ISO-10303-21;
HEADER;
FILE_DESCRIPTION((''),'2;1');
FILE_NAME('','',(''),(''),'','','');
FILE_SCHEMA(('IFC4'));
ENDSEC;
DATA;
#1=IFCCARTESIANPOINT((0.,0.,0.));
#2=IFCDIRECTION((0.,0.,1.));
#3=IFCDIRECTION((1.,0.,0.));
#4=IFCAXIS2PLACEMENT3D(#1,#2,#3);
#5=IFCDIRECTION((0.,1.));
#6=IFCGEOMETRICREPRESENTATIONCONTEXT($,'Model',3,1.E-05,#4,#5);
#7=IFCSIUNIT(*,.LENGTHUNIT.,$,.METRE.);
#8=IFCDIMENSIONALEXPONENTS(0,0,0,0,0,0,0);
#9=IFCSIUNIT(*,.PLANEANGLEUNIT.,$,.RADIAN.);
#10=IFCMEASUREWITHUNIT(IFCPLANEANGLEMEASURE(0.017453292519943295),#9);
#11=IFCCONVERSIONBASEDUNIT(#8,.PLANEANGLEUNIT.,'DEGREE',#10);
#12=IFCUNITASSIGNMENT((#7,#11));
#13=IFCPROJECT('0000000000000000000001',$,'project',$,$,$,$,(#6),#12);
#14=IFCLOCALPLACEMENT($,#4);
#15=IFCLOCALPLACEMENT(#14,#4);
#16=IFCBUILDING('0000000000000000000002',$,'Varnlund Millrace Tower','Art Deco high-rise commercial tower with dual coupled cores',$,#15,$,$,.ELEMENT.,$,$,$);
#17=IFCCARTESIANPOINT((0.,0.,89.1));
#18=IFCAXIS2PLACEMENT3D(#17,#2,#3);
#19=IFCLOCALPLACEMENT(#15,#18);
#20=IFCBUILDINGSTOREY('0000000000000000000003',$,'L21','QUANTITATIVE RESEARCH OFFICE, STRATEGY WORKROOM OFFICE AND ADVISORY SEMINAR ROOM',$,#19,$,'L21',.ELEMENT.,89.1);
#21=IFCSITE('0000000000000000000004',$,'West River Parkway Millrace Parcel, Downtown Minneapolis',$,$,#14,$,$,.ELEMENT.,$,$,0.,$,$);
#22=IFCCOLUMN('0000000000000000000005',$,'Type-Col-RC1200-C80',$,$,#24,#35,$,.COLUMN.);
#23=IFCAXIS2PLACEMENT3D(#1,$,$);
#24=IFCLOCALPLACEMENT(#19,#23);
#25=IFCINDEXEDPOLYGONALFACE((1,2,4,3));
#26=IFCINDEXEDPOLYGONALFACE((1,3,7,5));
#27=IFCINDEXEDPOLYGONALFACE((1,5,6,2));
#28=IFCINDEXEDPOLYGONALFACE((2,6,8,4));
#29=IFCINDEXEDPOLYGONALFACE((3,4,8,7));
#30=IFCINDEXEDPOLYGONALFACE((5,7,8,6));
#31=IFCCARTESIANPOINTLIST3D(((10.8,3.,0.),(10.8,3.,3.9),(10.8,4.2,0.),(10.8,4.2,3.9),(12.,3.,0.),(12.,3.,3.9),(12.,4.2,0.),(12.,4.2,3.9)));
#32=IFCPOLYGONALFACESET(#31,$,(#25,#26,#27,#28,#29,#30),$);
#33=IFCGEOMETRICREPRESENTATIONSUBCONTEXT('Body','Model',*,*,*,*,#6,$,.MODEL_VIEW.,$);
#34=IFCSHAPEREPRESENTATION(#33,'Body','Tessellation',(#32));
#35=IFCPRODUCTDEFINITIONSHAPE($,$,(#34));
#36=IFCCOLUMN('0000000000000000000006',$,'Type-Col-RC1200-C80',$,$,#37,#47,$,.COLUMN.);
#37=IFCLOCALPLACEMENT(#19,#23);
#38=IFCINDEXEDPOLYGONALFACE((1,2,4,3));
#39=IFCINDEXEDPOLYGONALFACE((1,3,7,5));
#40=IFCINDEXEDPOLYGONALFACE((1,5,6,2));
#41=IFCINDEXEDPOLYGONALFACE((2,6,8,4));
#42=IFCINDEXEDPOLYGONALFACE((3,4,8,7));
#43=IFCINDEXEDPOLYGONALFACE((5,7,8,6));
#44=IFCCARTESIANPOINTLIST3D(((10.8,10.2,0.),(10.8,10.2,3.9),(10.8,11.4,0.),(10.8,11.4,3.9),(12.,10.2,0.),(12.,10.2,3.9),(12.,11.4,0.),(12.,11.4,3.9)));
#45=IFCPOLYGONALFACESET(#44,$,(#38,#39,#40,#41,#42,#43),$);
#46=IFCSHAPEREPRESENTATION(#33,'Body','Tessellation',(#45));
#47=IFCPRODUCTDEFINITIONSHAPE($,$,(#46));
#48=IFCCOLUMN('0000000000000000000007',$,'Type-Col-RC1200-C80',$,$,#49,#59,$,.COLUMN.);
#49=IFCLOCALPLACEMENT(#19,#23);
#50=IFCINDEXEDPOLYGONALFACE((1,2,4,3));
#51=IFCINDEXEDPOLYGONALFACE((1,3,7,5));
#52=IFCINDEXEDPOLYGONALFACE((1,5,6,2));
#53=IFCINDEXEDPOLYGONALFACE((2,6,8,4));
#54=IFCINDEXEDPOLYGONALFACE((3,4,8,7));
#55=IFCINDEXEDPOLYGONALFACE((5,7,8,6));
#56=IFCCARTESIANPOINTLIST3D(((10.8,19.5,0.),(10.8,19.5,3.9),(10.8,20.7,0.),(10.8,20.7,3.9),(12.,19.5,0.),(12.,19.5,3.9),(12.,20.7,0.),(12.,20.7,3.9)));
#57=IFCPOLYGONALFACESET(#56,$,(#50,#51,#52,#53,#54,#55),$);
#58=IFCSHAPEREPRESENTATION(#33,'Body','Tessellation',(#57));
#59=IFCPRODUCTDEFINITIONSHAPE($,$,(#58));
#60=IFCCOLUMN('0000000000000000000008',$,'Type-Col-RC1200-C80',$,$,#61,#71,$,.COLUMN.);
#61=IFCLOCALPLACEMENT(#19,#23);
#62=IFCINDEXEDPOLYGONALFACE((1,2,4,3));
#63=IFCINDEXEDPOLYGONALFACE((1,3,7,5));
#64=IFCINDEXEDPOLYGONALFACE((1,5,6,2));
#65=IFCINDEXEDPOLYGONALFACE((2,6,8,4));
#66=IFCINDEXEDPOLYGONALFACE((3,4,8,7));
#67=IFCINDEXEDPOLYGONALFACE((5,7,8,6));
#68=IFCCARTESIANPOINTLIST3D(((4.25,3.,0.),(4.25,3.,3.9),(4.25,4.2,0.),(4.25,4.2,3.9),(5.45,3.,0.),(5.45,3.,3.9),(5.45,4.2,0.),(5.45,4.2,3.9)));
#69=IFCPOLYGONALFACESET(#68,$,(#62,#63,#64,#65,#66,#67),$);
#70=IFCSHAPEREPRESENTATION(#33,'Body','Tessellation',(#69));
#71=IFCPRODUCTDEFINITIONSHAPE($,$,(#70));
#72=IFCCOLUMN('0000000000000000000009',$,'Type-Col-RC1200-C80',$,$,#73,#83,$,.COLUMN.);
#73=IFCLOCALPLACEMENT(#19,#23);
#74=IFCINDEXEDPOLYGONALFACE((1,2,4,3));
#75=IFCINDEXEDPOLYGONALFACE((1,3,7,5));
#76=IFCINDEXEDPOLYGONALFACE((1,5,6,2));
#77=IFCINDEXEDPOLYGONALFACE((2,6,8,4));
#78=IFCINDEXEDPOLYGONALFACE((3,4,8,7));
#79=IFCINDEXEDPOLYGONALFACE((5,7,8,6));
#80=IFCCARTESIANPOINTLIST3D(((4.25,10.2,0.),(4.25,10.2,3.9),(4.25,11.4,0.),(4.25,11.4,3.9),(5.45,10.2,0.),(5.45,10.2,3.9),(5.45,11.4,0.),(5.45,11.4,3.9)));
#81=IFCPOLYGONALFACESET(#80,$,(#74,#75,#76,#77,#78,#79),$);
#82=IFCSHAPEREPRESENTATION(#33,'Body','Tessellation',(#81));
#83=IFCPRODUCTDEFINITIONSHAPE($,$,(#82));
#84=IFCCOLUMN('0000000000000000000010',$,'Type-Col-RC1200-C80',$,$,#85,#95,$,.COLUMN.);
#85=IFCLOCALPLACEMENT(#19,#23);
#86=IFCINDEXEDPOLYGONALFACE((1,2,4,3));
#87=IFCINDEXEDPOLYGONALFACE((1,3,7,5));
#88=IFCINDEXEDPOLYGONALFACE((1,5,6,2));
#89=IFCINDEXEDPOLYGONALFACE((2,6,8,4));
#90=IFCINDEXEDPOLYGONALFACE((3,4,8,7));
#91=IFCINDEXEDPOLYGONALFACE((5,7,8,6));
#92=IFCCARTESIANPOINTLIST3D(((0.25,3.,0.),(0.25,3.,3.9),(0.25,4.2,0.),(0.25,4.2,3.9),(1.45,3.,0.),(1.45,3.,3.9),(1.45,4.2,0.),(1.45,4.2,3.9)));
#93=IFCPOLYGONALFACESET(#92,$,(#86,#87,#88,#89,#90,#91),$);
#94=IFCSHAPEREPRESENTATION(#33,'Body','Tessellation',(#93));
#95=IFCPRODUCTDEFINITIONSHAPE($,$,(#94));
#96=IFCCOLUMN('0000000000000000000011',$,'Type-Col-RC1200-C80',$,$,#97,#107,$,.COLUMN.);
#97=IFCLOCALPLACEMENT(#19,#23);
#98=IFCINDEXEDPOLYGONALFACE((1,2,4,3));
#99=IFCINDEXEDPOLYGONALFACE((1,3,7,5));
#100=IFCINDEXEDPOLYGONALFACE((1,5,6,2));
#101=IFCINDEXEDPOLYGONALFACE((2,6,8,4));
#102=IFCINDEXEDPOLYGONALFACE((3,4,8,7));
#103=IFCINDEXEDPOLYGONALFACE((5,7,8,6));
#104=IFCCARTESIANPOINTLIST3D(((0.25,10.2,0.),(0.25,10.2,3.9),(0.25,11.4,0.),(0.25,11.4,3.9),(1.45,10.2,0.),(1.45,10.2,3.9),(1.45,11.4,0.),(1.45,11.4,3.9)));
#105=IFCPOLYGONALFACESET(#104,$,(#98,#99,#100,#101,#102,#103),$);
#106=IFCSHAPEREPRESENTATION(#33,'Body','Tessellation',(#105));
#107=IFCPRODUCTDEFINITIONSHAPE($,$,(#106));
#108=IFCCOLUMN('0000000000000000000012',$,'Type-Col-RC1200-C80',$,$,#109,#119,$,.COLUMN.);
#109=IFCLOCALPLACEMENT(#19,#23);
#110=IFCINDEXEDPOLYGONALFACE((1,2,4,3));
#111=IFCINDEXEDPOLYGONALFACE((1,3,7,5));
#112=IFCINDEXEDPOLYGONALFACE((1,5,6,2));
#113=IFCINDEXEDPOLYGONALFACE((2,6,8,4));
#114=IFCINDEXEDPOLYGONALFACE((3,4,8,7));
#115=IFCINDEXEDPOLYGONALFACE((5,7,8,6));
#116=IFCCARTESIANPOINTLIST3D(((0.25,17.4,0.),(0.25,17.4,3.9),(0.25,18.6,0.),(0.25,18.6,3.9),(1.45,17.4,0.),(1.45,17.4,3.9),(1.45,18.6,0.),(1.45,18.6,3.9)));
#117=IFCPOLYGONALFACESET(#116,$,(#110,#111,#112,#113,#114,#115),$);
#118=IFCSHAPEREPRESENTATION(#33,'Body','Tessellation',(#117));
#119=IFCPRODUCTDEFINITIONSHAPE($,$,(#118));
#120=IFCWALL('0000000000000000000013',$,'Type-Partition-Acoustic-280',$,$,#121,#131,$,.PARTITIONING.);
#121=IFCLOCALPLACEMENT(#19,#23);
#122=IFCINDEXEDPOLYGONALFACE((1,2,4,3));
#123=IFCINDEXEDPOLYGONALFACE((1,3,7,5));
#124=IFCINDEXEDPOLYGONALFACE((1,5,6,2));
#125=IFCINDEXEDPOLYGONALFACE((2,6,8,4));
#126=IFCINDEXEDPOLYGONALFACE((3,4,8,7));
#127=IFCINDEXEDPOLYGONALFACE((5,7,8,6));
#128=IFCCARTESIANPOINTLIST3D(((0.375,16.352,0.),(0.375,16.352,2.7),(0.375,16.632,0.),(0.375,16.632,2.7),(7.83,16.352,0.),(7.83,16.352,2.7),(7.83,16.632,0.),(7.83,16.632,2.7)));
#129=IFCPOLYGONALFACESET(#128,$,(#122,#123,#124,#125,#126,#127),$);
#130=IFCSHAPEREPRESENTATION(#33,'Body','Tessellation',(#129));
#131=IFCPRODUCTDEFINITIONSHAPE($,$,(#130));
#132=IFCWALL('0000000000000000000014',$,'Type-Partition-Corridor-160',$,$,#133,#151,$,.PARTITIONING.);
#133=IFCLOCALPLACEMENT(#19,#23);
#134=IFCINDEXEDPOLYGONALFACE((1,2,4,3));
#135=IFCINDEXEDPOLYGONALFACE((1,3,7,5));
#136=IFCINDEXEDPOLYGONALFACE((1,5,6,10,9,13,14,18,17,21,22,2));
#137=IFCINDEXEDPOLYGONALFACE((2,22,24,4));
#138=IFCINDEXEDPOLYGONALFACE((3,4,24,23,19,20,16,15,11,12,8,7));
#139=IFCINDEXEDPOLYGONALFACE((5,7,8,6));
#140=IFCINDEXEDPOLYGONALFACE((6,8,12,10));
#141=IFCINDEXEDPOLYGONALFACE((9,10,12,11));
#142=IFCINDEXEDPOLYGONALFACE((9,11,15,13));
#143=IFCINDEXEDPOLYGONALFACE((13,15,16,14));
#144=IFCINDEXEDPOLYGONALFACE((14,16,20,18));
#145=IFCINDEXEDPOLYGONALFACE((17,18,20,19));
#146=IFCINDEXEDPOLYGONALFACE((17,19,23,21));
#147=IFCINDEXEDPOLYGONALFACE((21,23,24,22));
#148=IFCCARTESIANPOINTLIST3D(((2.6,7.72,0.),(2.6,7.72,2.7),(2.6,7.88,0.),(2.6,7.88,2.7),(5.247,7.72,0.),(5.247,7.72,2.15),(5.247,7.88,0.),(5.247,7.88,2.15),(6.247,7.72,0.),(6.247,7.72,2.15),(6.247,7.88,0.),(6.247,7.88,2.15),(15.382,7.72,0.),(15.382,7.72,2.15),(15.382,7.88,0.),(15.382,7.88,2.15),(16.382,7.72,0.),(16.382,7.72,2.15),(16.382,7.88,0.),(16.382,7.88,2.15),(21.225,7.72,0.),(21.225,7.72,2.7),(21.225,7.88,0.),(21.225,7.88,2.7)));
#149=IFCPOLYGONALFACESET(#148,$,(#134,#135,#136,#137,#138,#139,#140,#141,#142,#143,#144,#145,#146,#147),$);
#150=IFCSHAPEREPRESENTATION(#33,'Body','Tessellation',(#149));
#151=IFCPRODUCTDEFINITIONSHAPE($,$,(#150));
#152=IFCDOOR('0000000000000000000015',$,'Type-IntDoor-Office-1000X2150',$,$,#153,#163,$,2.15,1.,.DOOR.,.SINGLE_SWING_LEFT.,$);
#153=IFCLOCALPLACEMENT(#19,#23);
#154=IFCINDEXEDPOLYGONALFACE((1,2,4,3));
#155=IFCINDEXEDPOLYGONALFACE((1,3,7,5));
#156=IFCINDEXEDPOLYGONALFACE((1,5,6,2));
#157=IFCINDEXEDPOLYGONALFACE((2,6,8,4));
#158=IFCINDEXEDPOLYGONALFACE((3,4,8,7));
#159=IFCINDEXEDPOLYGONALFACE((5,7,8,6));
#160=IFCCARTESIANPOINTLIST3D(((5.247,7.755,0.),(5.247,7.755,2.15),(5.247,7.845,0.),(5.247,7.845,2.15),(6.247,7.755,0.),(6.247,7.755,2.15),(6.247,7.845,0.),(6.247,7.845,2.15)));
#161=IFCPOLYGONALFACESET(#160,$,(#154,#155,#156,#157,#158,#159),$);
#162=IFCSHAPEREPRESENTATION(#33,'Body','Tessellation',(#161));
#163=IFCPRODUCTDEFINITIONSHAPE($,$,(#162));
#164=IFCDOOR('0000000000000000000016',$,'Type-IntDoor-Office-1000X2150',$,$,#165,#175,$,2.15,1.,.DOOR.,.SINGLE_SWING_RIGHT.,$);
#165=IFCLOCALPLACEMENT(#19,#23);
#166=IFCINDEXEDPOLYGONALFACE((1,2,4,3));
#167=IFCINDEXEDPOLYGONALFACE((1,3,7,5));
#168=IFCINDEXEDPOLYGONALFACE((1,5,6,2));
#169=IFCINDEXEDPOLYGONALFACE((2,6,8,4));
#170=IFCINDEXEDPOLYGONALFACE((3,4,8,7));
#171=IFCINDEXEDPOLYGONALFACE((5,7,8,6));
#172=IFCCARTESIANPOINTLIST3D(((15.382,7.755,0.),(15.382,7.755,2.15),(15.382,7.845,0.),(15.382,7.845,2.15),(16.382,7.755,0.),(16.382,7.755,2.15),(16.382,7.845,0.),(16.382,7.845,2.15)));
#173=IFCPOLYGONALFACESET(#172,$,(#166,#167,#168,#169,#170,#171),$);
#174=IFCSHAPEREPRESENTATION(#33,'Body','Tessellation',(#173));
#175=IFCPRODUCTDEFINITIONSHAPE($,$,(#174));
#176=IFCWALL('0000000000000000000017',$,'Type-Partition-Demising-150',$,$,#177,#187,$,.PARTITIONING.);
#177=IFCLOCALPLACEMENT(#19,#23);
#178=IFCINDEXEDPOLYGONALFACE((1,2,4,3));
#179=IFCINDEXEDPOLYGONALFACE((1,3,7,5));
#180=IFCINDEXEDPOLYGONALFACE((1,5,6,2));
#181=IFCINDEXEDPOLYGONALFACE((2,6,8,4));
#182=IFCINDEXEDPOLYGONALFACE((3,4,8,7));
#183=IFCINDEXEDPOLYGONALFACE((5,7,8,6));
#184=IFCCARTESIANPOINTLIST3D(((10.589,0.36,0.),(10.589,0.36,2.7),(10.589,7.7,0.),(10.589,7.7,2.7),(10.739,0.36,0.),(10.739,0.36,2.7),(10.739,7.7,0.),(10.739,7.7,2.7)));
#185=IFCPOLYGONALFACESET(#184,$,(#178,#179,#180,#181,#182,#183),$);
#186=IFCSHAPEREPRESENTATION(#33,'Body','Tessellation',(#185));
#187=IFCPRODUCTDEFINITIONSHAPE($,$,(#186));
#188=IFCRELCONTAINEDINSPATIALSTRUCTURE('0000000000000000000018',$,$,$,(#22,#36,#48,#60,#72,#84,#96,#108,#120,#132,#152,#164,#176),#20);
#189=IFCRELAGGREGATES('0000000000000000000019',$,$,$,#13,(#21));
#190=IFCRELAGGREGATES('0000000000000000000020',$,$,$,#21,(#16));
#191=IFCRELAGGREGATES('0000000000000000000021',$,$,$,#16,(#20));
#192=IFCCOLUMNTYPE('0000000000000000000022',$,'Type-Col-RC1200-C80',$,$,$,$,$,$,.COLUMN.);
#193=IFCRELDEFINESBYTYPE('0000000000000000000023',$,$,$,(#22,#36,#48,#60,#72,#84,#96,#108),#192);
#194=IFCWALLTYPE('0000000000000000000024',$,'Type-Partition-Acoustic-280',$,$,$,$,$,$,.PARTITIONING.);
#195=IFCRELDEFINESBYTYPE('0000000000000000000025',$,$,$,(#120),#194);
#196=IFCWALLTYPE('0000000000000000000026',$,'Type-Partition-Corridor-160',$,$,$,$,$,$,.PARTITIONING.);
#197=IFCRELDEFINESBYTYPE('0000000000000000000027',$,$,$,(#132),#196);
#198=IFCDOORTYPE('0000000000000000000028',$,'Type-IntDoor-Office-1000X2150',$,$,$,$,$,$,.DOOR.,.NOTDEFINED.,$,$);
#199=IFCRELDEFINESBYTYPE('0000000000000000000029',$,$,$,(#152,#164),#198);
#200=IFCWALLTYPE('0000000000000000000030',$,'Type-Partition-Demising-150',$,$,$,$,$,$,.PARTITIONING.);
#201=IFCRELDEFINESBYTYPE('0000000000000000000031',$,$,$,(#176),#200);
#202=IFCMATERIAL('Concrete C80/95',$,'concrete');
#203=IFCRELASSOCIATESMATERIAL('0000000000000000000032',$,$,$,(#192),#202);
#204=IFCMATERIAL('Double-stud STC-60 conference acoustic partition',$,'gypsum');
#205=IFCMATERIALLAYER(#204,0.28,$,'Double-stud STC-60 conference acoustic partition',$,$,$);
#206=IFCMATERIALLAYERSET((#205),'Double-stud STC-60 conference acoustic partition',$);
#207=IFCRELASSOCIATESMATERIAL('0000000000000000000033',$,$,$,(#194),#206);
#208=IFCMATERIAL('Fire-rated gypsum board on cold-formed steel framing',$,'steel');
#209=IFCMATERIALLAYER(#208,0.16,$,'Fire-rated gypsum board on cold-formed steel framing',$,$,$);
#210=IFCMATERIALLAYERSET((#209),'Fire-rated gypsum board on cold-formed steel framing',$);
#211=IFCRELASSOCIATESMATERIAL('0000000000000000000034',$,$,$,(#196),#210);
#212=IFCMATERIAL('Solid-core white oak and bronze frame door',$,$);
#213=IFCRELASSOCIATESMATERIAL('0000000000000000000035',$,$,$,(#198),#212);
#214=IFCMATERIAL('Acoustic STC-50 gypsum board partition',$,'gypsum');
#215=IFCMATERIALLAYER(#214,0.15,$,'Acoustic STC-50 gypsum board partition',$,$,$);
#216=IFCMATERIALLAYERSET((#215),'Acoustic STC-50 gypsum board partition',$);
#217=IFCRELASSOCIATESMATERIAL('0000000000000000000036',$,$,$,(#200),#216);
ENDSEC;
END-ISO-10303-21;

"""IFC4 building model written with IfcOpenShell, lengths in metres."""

from ifc_helpers import new_model, entity, si_unit, converted_unit, direction, frame, origin_with_axes, origin_2d_with_axis, place, context, subcontext, project, spatial, polyline, rectangle, outline, extrude, material, layer, layer_set, material_profile, profile_set, type_object, element, fill, save


model = new_model("IFC4")

# Units and contexts
model_context = context("Model", 3, precision=1e-05, world=origin_with_axes(), true_north=direction((0.0, 1.0)))
body_context = subcontext(model_context, "Body", "Model", "MODEL_VIEW")
ifc_project = project(units=[si_unit("LENGTHUNIT", "METRE"), converted_unit("PLANEANGLEUNIT", "DEGREE", entity("IfcPlaneAngleMeasure", 0.017453292519943295), si_unit("PLANEANGLEUNIT", "RADIAN"), dimensions=[0, 0, 0, 0, 0, 0, 0])], contexts=[model_context])

# Site, building, storey
site_placement = place(None, origin_with_axes())
site = spatial("IfcSite", under=ifc_project, at=site_placement, Name="West River Parkway Millrace Parcel, Downtown Minneapolis", CompositionType="ELEMENT", RefElevation=0.0)
building_placement = place(site_placement, origin_with_axes())
building = spatial("IfcBuilding", under=site, at=building_placement, Name="Varnlund Millrace Tower", Description="Art Deco high-rise commercial tower with dual coupled cores", CompositionType="ELEMENT")
storey_placement = place(building_placement, frame((0.0, 0.0, 89.1), z_axis=(0.0, 0.0, 1.0), x_axis=(1.0, 0.0, 0.0)))
storey = spatial("IfcBuildingStorey", under=building, at=storey_placement, Name="L21", Description="QUANTITATIVE RESEARCH OFFICE, STRATEGY WORKROOM OFFICE AND ADVISORY SEMINAR ROOM", LongName="L21", CompositionType="ELEMENT", Elevation=89.1)

# Columns
ifc_material_1 = material(Name="Concrete C80/95", Category="concrete")
ifc_material_profile = material_profile(ifc_material_1, rectangle(XDim=1.2, YDim=1.2, at=origin_2d_with_axis()), Name="Concrete C80/95")
ifc_profile_set = profile_set([ifc_material_profile], Name="Concrete C80/95")
column_type = type_object("IfcColumnType", Name="Type-Col-RC1200-C80", PredefinedType="COLUMN", material=ifc_profile_set)
for number, where, z_axis, x_axis, name in (
    (1, (11.4, 3.6, 0.0), (0.0, 0.0, 1.0), (1.0, 0.0, 0.0), "Type-Col-RC1200-C80"),
    (2, (11.4, 10.8, 0.0), (0.0, 0.0, 1.0), (1.0, 0.0, 0.0), "Type-Col-RC1200-C80"),
    (3, (11.4, 20.1, 0.0), (0.0, 0.0, 1.0), (1.0, 0.0, 0.0), "Type-Col-RC1200-C80"),
    (4, (4.85, 3.6, 0.0), (0.0, 0.0, 1.0), (1.0, 0.0, 0.0), "Type-Col-RC1200-C80"),
    (5, (4.85, 10.8, 0.0), (0.0, 0.0, 1.0), (1.0, 0.0, 0.0), "Type-Col-RC1200-C80"),
    (6, (0.85, 3.6, 0.0), (0.0, 0.0, 1.0), (1.0, 0.0, 0.0), "Type-Col-RC1200-C80"),
    (7, (0.85, 10.8, 0.0), (0.0, 0.0, 1.0), (1.0, 0.0, 0.0), "Type-Col-RC1200-C80"),
    (8, (0.85, 18.0, 0.0), (0.0, 0.0, 1.0), (1.0, 0.0, 0.0), "Type-Col-RC1200-C80"),
):
    element("IfcColumn", number, at=place(storey_placement, frame(where, z_axis=z_axis, x_axis=x_axis)), inside=storey, type_object=column_type, Name=name, PredefinedType="COLUMN", context=body_context, shape_type="SweptSolid", body=[
        extrude(rectangle(XDim=1.2, YDim=1.2, at=origin_2d_with_axis()), origin_with_axes(), (0.0, 0.0, 1.0), 3.9),
    ])

# Wall
ifc_material_2 = material(Name="Double-stud STC-60 conference acoustic partition", Category="gypsum")
ifc_layer_1 = layer(ifc_material_2, 0.28, Name="Double-stud STC-60 conference acoustic partition")
ifc_layer_set_1 = layer_set([ifc_layer_1], Name="Double-stud STC-60 conference acoustic partition")
wall_type_1 = type_object("IfcWallType", Name="Type-Partition-Acoustic-280", PredefinedType="PARTITIONING", material=ifc_layer_set_1)
wall_1_placement = place(storey_placement, frame((0.375, 16.492, 0.0), z_axis=(0.0, 0.0, 1.0), x_axis=(1.0, 0.0, 0.0)))
element("IfcWall", 9, at=wall_1_placement, inside=storey, type_object=wall_type_1, Name="Type-Partition-Acoustic-280", PredefinedType="PARTITIONING", context=body_context, shape_type="SweptSolid", body=[
    extrude(outline(polyline([(0.0, -0.14), (7.455, -0.14), (7.455, 0.14), (0.0, 0.14), (0.0, -0.14)])), origin_with_axes(), (0.0, 0.0, 1.0), 2.7),
])

# Wall, openings, doors
ifc_material_3 = material(Name="Fire-rated gypsum board on cold-formed steel framing", Category="steel")
ifc_layer_2 = layer(ifc_material_3, 0.16, Name="Fire-rated gypsum board on cold-formed steel framing")
ifc_layer_set_2 = layer_set([ifc_layer_2], Name="Fire-rated gypsum board on cold-formed steel framing")
wall_type_2 = type_object("IfcWallType", Name="Type-Partition-Corridor-160", PredefinedType="PARTITIONING", material=ifc_layer_set_2)
wall_2_placement = place(storey_placement, frame((2.6, 7.8, 0.0), z_axis=(0.0, 0.0, 1.0), x_axis=(1.0, 0.0, 0.0)))
wall_2 = element("IfcWall", 10, at=wall_2_placement, inside=storey, type_object=wall_type_2, Name="Type-Partition-Corridor-160", PredefinedType="PARTITIONING", context=body_context, shape_type="SweptSolid", body=[
    extrude(outline(polyline([(0.0, -0.08), (18.625, -0.08), (18.625, 0.08), (0.0, 0.08), (0.0, -0.08)])), origin_with_axes(), (0.0, 0.0, 1.0), 2.7),
])
opening_1_placement = place(wall_2_placement, frame((3.147, 0.0, 0.0), z_axis=(0.0, 0.0, 1.0), x_axis=(1.0, 0.0, 0.0)))
opening_1 = element("IfcOpeningElement", 11, at=opening_1_placement, cuts=wall_2, PredefinedType="OPENING", context=body_context, shape_type="SweptSolid", body=[
    extrude(rectangle(XDim=1.0, YDim=0.18, at=origin_2d_with_axis()), origin_with_axes(), (0.0, 0.0, 1.0), 2.15),
])
opening_2_placement = place(wall_2_placement, frame((13.282, 0.0, 0.0), z_axis=(0.0, 0.0, 1.0), x_axis=(1.0, 0.0, 0.0)))
opening_2 = element("IfcOpeningElement", 12, at=opening_2_placement, cuts=wall_2, PredefinedType="OPENING", context=body_context, shape_type="SweptSolid", body=[
    extrude(rectangle(XDim=1.0, YDim=0.18, at=origin_2d_with_axis()), origin_with_axes(), (0.0, 0.0, 1.0), 2.15),
])
ifc_material_4 = material(Name="Solid-core white oak and bronze frame door")
door_type_1 = type_object("IfcDoorType", Name="Type-IntDoor-Office-1000X2150", OperationType="NOTDEFINED", PredefinedType="DOOR", material=ifc_material_4)
door_1_placement = place(wall_2_placement, frame((3.147, 0.0, 0.0), z_axis=(0.0, 0.0, 1.0), x_axis=(1.0, 0.0, 0.0)))
door_1 = element("IfcDoor", 13, at=door_1_placement, inside=storey, type_object=door_type_1, Name="Type-IntDoor-Office-1000X2150", OperationType="SINGLE_SWING_LEFT", OverallHeight=2.15, OverallWidth=1.0, PredefinedType="DOOR", context=body_context, shape_type="SweptSolid", body=[
    extrude(rectangle(XDim=1.0, YDim=0.09, at=origin_2d_with_axis()), origin_with_axes(), (0.0, 0.0, 1.0), 2.15),
])
fill(opening_1, door_1)
door_2_placement = place(wall_2_placement, frame((13.282, 0.0, 0.0), z_axis=(0.0, 0.0, 1.0), x_axis=(1.0, 0.0, 0.0)))
door_2 = element("IfcDoor", 14, at=door_2_placement, inside=storey, type_object=door_type_1, Name="Type-IntDoor-Office-1000X2150", OperationType="SINGLE_SWING_RIGHT", OverallHeight=2.15, OverallWidth=1.0, PredefinedType="DOOR", context=body_context, shape_type="SweptSolid", body=[
    extrude(rectangle(XDim=1.0, YDim=0.09, at=origin_2d_with_axis()), origin_with_axes(), (0.0, 0.0, 1.0), 2.15),
])
fill(opening_2, door_2)

# Wall
ifc_material_5 = material(Name="Acoustic STC-50 gypsum board partition", Category="gypsum")
ifc_layer_3 = layer(ifc_material_5, 0.15, Name="Acoustic STC-50 gypsum board partition")
ifc_layer_set_3 = layer_set([ifc_layer_3], Name="Acoustic STC-50 gypsum board partition")
wall_type_3 = type_object("IfcWallType", Name="Type-Partition-Demising-150", PredefinedType="PARTITIONING", material=ifc_layer_set_3)
wall_3_placement = place(storey_placement, frame((10.664, 0.36, 0.0), z_axis=(0.0, 0.0, 1.0), x_axis=(0.0, 1.0, 0.0)))
element("IfcWall", 15, at=wall_3_placement, inside=storey, type_object=wall_type_3, Name="Type-Partition-Demising-150", PredefinedType="PARTITIONING", context=body_context, shape_type="SweptSolid", body=[
    extrude(outline(polyline([(0.0, -0.075), (7.34, -0.075), (7.34, 0.075), (0.0, 0.075), (0.0, -0.075)])), origin_with_axes(), (0.0, 0.0, 1.0), 2.7),
])

save(model, "model.ifc")
